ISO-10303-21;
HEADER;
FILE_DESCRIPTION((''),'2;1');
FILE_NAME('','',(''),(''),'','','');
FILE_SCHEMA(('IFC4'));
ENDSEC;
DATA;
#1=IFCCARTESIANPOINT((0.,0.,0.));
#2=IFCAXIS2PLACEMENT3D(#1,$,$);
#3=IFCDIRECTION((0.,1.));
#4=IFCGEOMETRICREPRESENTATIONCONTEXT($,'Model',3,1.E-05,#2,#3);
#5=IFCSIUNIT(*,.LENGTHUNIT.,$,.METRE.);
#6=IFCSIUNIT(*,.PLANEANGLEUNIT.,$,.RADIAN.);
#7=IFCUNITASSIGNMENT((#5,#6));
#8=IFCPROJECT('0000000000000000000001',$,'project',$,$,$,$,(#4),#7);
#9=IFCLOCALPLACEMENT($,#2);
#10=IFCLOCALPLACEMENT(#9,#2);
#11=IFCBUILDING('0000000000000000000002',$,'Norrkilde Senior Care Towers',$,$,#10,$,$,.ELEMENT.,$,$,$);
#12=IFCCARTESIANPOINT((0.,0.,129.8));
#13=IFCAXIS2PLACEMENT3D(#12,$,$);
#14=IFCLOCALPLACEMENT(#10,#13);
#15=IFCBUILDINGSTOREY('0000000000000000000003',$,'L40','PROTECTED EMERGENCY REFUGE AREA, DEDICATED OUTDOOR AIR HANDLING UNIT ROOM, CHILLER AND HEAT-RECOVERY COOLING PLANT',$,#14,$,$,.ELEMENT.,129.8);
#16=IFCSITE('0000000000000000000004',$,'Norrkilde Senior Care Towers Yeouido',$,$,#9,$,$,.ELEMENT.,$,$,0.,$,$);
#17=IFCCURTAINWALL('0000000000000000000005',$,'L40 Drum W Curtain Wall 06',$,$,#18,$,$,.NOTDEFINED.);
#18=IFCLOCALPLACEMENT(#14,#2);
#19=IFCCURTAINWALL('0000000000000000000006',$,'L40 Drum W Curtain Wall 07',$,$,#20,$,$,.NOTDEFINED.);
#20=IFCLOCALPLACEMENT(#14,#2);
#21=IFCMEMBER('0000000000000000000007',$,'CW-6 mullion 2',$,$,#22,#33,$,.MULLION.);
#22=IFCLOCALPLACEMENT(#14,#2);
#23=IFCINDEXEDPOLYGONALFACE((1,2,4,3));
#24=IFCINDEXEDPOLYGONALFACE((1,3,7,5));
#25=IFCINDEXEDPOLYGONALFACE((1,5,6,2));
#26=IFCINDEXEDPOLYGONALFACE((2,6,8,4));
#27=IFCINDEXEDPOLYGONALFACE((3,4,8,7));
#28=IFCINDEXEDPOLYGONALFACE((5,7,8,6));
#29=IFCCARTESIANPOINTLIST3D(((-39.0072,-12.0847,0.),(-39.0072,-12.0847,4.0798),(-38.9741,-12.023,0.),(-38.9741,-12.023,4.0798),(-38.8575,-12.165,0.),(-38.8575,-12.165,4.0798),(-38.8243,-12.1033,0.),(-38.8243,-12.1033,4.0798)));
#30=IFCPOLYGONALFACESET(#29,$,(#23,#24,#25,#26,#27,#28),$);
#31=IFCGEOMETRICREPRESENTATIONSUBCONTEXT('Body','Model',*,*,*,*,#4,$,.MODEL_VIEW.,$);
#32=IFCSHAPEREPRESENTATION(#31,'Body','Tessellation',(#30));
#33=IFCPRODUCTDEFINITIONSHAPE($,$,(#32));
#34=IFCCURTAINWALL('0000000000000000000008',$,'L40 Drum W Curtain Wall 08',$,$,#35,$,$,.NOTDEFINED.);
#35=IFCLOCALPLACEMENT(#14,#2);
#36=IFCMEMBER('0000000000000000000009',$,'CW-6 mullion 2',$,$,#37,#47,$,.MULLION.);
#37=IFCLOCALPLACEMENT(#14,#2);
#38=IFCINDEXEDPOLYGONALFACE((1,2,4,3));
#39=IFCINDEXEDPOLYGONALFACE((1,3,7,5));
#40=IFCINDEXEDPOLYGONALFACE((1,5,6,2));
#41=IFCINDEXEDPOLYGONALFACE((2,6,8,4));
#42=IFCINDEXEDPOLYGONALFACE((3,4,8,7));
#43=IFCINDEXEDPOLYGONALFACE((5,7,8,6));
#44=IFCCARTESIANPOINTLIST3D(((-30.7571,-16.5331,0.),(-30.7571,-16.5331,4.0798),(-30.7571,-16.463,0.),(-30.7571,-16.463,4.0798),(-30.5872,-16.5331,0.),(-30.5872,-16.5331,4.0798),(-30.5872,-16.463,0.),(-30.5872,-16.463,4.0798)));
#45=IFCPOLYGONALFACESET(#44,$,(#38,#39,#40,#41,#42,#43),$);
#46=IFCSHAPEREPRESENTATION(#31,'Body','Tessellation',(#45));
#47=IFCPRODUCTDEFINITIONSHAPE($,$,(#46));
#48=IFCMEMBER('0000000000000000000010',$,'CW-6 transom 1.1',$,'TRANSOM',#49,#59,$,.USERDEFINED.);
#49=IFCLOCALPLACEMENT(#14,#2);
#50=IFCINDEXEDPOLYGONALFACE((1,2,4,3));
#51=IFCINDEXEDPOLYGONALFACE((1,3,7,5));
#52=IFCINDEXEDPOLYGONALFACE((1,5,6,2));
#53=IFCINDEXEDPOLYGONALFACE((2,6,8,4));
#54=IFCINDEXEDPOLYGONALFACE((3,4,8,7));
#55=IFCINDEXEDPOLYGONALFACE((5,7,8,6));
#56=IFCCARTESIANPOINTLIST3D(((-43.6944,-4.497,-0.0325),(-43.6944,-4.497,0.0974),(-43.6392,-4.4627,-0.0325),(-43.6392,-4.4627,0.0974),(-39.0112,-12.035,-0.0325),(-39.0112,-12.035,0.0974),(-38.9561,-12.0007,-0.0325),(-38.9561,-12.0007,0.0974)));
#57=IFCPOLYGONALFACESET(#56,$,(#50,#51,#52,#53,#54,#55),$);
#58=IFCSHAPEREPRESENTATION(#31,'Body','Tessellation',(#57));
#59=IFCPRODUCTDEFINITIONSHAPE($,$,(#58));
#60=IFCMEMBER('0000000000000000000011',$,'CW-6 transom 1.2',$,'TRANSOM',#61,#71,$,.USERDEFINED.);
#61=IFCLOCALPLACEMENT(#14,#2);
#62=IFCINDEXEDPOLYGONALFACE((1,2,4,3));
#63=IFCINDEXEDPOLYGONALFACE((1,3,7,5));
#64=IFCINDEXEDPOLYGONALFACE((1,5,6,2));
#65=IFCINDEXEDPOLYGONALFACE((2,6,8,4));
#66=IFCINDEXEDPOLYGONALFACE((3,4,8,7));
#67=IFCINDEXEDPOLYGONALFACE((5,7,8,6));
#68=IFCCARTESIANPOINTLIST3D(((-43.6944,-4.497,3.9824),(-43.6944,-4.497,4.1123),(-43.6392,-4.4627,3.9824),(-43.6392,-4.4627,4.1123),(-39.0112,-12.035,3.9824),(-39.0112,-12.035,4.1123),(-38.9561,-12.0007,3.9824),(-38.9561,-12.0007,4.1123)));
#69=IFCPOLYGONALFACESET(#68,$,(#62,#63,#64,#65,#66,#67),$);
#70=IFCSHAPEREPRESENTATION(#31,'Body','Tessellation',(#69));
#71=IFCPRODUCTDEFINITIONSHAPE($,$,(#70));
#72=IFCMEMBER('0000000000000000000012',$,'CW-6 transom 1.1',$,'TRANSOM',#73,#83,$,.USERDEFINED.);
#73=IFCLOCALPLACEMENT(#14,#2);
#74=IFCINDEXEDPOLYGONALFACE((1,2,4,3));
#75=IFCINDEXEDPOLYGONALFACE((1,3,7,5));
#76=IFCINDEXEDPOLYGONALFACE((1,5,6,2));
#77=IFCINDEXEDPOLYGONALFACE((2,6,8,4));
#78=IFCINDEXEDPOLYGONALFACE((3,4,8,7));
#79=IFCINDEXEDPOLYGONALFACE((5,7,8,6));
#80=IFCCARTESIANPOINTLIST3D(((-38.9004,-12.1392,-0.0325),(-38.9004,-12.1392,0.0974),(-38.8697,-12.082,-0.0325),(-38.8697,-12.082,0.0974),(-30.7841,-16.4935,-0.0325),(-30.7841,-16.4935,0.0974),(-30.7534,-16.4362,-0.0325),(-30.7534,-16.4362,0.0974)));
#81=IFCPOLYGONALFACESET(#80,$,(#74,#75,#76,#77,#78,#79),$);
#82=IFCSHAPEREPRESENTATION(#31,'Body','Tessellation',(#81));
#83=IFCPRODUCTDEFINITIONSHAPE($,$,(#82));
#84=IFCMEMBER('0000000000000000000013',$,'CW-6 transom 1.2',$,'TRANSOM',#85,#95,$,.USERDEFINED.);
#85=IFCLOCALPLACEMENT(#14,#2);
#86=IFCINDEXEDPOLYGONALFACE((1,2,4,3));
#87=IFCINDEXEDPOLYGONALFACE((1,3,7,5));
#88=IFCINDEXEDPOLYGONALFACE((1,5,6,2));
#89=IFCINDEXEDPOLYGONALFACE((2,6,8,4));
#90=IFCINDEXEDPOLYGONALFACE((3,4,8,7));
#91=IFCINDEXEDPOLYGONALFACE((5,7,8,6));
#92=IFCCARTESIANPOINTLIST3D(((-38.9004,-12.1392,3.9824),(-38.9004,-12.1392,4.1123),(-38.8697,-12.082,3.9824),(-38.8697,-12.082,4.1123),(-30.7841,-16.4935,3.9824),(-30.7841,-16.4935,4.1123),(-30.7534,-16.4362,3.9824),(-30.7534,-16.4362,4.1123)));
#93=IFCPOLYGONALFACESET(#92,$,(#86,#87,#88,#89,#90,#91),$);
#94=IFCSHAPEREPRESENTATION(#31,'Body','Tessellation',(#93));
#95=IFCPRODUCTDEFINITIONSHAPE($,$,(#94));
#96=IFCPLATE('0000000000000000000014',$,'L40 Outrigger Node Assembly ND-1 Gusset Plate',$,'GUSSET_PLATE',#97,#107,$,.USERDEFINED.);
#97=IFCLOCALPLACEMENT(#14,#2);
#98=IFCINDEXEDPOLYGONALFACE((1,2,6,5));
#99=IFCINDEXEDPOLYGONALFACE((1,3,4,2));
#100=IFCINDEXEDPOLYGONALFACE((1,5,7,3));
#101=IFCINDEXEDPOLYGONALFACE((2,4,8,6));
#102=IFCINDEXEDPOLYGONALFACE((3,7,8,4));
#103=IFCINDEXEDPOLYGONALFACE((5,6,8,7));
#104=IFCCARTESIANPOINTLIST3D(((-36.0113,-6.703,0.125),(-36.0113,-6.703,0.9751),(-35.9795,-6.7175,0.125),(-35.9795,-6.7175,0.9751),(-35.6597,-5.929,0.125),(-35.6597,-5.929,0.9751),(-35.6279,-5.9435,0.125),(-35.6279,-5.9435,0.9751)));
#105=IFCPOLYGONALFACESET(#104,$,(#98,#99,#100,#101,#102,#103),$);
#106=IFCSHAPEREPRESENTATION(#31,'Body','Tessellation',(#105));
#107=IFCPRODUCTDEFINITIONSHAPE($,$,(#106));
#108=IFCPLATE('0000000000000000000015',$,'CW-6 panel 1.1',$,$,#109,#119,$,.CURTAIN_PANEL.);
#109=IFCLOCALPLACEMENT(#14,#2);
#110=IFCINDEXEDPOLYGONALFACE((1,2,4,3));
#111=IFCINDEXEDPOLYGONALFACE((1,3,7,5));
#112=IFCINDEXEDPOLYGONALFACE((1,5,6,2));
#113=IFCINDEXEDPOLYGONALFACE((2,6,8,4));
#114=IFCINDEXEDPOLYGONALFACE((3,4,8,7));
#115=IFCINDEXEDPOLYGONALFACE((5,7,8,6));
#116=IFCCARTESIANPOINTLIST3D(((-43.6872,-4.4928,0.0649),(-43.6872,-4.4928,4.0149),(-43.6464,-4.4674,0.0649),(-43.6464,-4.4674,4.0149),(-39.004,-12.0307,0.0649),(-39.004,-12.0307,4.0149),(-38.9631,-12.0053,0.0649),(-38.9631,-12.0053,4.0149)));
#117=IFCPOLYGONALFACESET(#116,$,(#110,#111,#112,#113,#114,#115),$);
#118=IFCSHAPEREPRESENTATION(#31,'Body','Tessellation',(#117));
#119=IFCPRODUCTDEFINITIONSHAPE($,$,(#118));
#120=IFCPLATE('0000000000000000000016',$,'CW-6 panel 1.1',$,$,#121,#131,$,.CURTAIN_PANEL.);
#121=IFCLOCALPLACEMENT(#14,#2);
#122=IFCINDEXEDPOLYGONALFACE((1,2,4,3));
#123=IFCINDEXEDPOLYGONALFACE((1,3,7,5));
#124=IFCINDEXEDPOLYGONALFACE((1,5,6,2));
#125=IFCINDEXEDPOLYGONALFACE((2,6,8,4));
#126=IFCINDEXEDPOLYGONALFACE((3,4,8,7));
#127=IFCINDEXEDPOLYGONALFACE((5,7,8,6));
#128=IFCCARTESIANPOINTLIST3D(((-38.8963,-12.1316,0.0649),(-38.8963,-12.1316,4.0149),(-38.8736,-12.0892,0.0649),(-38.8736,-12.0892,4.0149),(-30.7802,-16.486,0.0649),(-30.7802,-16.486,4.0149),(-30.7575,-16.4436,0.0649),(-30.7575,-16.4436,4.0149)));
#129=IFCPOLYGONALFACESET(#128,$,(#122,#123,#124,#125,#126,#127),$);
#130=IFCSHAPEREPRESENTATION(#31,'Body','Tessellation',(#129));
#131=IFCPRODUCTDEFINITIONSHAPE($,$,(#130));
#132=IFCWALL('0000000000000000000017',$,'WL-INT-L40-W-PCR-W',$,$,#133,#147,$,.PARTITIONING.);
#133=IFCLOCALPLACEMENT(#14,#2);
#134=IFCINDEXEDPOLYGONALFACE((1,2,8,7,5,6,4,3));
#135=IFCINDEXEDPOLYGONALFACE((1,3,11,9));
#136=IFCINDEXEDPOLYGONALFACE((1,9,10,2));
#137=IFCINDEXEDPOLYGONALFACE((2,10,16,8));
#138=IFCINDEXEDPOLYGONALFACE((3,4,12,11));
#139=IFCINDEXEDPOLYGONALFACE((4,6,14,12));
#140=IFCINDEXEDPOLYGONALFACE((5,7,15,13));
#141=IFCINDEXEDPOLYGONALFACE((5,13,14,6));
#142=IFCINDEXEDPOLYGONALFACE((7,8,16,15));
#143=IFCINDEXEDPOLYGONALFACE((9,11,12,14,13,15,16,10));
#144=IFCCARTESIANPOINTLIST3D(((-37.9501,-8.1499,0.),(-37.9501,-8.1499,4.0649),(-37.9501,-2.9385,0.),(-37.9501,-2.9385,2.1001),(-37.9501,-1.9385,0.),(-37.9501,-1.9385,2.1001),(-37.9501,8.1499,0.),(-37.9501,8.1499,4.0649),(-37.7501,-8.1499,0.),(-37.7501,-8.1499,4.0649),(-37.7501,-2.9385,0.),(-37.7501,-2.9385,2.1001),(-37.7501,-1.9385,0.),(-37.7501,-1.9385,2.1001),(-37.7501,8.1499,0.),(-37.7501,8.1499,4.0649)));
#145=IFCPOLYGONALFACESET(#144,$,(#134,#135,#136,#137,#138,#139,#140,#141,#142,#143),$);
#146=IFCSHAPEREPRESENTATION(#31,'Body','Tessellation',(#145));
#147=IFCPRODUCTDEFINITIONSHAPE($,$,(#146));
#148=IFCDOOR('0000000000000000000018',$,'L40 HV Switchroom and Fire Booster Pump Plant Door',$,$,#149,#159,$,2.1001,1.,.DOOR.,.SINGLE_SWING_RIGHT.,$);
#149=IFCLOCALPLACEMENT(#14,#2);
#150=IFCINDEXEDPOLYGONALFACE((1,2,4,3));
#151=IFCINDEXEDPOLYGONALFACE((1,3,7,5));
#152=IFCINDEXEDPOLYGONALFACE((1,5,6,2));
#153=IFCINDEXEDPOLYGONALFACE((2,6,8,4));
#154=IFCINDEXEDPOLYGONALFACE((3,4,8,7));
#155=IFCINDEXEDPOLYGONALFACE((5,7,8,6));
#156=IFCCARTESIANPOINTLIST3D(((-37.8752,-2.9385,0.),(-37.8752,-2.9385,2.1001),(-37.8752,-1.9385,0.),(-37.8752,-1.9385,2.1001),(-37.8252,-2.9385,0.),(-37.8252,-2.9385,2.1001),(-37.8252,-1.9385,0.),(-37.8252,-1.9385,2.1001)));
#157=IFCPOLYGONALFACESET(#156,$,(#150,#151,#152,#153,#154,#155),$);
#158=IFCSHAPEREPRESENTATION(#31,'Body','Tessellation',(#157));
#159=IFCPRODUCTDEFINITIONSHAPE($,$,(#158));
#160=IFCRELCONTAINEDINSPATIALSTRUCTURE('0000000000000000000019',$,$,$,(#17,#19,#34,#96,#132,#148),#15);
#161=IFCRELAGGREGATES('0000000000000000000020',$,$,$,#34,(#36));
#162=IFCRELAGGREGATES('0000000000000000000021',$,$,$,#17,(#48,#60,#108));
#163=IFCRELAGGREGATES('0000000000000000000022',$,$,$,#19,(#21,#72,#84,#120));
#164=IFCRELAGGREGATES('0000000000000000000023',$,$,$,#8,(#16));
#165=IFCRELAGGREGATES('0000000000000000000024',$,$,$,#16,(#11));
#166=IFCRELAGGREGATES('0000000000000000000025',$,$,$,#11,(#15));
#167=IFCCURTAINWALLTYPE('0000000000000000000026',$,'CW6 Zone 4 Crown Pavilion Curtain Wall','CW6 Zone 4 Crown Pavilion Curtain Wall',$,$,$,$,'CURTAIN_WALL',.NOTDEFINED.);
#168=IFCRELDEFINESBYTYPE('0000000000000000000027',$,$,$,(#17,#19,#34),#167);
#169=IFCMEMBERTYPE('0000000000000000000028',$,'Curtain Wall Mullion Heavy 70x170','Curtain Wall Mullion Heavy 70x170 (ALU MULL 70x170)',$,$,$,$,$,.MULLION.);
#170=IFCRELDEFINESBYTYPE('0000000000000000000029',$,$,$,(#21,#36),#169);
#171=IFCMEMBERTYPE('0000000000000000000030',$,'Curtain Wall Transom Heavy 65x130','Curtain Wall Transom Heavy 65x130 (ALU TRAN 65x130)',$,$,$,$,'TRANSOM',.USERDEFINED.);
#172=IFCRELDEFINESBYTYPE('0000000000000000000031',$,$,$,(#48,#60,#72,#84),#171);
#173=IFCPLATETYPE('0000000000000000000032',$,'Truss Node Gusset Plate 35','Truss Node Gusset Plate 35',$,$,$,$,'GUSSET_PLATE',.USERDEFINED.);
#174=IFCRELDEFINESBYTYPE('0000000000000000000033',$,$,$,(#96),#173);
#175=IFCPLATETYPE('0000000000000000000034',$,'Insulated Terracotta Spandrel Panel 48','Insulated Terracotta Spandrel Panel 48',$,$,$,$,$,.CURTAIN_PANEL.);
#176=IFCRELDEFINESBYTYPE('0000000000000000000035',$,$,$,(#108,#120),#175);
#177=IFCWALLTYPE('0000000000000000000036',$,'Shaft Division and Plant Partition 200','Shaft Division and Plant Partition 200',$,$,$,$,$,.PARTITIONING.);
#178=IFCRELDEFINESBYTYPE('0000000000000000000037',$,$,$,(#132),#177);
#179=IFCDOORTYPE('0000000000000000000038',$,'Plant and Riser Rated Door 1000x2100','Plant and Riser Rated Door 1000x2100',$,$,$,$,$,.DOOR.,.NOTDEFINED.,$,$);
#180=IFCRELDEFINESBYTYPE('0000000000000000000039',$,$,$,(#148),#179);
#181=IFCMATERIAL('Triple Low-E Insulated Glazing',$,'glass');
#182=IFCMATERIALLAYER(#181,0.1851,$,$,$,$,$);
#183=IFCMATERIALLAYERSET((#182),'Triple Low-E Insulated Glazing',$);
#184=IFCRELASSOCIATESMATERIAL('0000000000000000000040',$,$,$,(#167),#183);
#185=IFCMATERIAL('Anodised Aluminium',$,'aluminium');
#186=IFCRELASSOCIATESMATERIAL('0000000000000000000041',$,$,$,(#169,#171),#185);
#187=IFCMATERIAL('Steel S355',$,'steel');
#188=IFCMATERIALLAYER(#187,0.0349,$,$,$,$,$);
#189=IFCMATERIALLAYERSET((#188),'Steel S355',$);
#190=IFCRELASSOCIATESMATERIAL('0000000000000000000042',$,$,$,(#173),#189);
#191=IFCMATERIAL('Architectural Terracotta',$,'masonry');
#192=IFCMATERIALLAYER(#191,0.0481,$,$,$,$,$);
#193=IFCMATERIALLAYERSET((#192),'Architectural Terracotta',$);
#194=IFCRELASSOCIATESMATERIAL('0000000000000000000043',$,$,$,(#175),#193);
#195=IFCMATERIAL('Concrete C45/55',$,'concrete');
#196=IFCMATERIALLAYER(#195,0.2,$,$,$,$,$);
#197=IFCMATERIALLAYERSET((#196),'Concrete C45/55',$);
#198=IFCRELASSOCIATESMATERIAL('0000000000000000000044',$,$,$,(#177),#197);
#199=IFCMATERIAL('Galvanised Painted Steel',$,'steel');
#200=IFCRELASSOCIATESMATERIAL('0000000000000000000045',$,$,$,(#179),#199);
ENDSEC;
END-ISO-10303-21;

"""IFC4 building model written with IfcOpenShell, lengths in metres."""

from ifc_helpers import new_model, si_unit, direction, frame, frame_2d, origin, origin_2d, place, context, subcontext, project, spatial, rectangle, extrude, source, transform, mapped, material, layer, layer_set, material_profile, profile_set, type_object, type_shapes, element, fill, aggregate, save


model = new_model("IFC4")

# Units and contexts
model_context = context("Model", 3, precision=1e-05, world=origin(), true_north=direction((0.0, 1.0)))
body_context = subcontext(model_context, "Body", "Model", "MODEL_VIEW")
ifc_project = project(units=[si_unit("LENGTHUNIT", "METRE"), si_unit("PLANEANGLEUNIT", "RADIAN")], contexts=[model_context])

# Site, building, storey
site_placement = place(None, origin())
site = spatial("IfcSite", under=ifc_project, at=site_placement, Name="Norrkilde Senior Care Towers Yeouido", CompositionType="ELEMENT", RefElevation=0.0)
building_placement = place(site_placement, origin())
building = spatial("IfcBuilding", under=site, at=building_placement, Name="Norrkilde Senior Care Towers", CompositionType="ELEMENT")
storey_placement = place(building_placement, frame((0.0, 0.0, 129.8)))
storey = spatial("IfcBuildingStorey", under=building, at=storey_placement, Name="L40", Description="PROTECTED EMERGENCY REFUGE AREA, DEDICATED OUTDOOR AIR HANDLING UNIT ROOM, CHILLER AND HEAT-RECOVERY COOLING PLANT", CompositionType="ELEMENT", Elevation=129.8)

# Shared definitions
ifc_material_1 = material(Name="Steel S355", Category="steel")

# Curtain wall
ifc_material_2 = material(Name="Triple Low-E Insulated Glazing", Category="glass")
ifc_layer_1 = layer(ifc_material_2, 0.1851)
ifc_layer_set_1 = layer_set([ifc_layer_1], Name="Triple Low-E Insulated Glazing")
curtain_wall_type = type_object("IfcCurtainWallType", Name="CW6 Zone 4 Crown Pavilion Curtain Wall", Description="CW6 Zone 4 Crown Pavilion Curtain Wall", ElementType="CURTAIN_WALL", PredefinedType="NOTDEFINED", material=ifc_layer_set_1)
curtain_wall_1_placement = place(storey_placement, origin())
curtain_wall_1 = element("IfcCurtainWall", 1, at=curtain_wall_1_placement, inside=storey, type_object=curtain_wall_type, Name="L40 Drum W Curtain Wall 06", PredefinedType="NOTDEFINED")
ifc_material_3 = material(Name="Anodised Aluminium", Category="aluminium")
ifc_material_profile_1 = material_profile(ifc_material_3, rectangle(XDim=0.0701, YDim=0.1699, at=origin_2d()), Name="ALU MULL 70x170")
ifc_profile_set_1 = profile_set([ifc_material_profile_1], Name="Anodised Aluminium")
member_type_1 = type_object("IfcMemberType", Name="Curtain Wall Mullion Heavy 70x170", Description="Curtain Wall Mullion Heavy 70x170 (ALU MULL 70x170)", PredefinedType="MULLION", material=ifc_profile_set_1)
shared_shape_1 = source(origin(), body_context, "Body", "SweptSolid", [
    extrude(rectangle(XDim=0.0701, YDim=0.1699, at=origin_2d()), origin(), (0.0, 0.0, 1.0), 4.0798),
])
type_shapes(member_type_1, [shared_shape_1])

# Curtain wall, member
curtain_wall_2_placement = place(storey_placement, origin())
curtain_wall_2 = element("IfcCurtainWall", 2, at=curtain_wall_2_placement, inside=storey, type_object=curtain_wall_type, Name="L40 Drum W Curtain Wall 07", PredefinedType="NOTDEFINED")
member_1_placement = place(storey_placement, frame((-38.9158, -12.094, 0.0), z_axis=(0.0, 0.0, 1.0), x_axis=(-0.472769, -0.881186, 0.0)))
member_1 = element("IfcMember", 3, at=member_1_placement, type_object=member_type_1, Name="CW-6 mullion 2", PredefinedType="MULLION", context=body_context, shape_type="MappedRepresentation", body=[
    mapped(shared_shape_1, transform((0.0, 0.0, 0.0), x_axis=(1.0, 0.0, 0.0), y_axis=(0.0, 1.0, 0.0), z_axis=(0.0, 0.0, 1.0), scale=1.0)),
])

# Curtain wall, member
curtain_wall_3_placement = place(storey_placement, origin())
curtain_wall_3 = element("IfcCurtainWall", 4, at=curtain_wall_3_placement, inside=storey, type_object=curtain_wall_type, Name="L40 Drum W Curtain Wall 08", PredefinedType="NOTDEFINED")
member_2_placement = place(storey_placement, frame((-30.6721, -16.498, 0.0), z_axis=(0.0, 0.0, 1.0), x_axis=(0.0, -1.0, 0.0)))
member_2 = element("IfcMember", 5, at=member_2_placement, type_object=member_type_1, Name="CW-6 mullion 2", PredefinedType="MULLION", context=body_context, shape_type="MappedRepresentation", body=[
    mapped(shared_shape_1, transform((0.0, 0.0, 0.0), x_axis=(1.0, 0.0, 0.0), y_axis=(0.0, 1.0, 0.0), z_axis=(0.0, 0.0, 1.0), scale=1.0)),
])
aggregate(curtain_wall_3, [member_2])

# Members
ifc_material_profile_2 = material_profile(ifc_material_3, rectangle(XDim=0.0649, YDim=0.1299, at=origin_2d()), Name="ALU TRAN 65x130")
ifc_profile_set_2 = profile_set([ifc_material_profile_2], Name="Anodised Aluminium")
member_type_2 = type_object("IfcMemberType", Name="Curtain Wall Transom Heavy 65x130", Description="Curtain Wall Transom Heavy 65x130 (ALU TRAN 65x130)", ElementType="TRANSOM", PredefinedType="USERDEFINED", material=ifc_profile_set_2)
shared_shape_2 = source(origin(), body_context, "Body", "SweptSolid", [
    extrude(rectangle(XDim=0.0649, YDim=0.1299, at=origin_2d()), origin(), (0.0, 0.0, 1.0), 8.8743),
])
member_3_placement = place(storey_placement, frame((-38.9836, -12.0178, 0.0325), z_axis=(-0.527724, 0.849416, 0.0), x_axis=(-0.849416, -0.527724, 0.0)))
member_3 = element("IfcMember", 6, at=member_3_placement, type_object=member_type_2, Name="CW-6 transom 1.1", ObjectType="TRANSOM", PredefinedType="USERDEFINED", context=body_context, shape_type="MappedRepresentation", body=[
    mapped(shared_shape_2, transform((0.0, 0.0, 0.0), x_axis=(1.0, 0.0, 0.0), y_axis=(0.0, 1.0, 0.0), z_axis=(0.0, 0.0, 1.0), scale=1.0)),
])
member_4_placement = place(storey_placement, frame((-38.9836, -12.0178, 4.0474), z_axis=(-0.527724, 0.849416, 0.0), x_axis=(-0.849416, -0.527724, 0.0)))
member_4 = element("IfcMember", 7, at=member_4_placement, type_object=member_type_2, Name="CW-6 transom 1.2", ObjectType="TRANSOM", PredefinedType="USERDEFINED", context=body_context, shape_type="MappedRepresentation", body=[
    mapped(shared_shape_2, transform((0.0, 0.0, 0.0), x_axis=(1.0, 0.0, 0.0), y_axis=(0.0, 1.0, 0.0), z_axis=(0.0, 0.0, 1.0), scale=1.0)),
])
shared_shape_3 = source(origin(), body_context, "Body", "SweptSolid", [
    extrude(rectangle(XDim=0.0649, YDim=0.1299, at=origin_2d()), origin(), (0.0, 0.0, 1.0), 9.2104),
])
type_shapes(member_type_2, [shared_shape_2, shared_shape_3])
member_5_placement = place(storey_placement, frame((-30.7688, -16.4648, 0.0325), z_axis=(-0.881196, 0.472751, 0.0), x_axis=(-0.472751, -0.881196, 0.0)))
member_5 = element("IfcMember", 8, at=member_5_placement, type_object=member_type_2, Name="CW-6 transom 1.1", ObjectType="TRANSOM", PredefinedType="USERDEFINED", context=body_context, shape_type="MappedRepresentation", body=[
    mapped(shared_shape_3, transform((0.0, 0.0, 0.0), x_axis=(1.0, 0.0, 0.0), y_axis=(0.0, 1.0, 0.0), z_axis=(0.0, 0.0, 1.0), scale=1.0)),
])
member_6_placement = place(storey_placement, frame((-30.7688, -16.4648, 4.0474), z_axis=(-0.881196, 0.472751, 0.0), x_axis=(-0.472751, -0.881196, 0.0)))
member_6 = element("IfcMember", 9, at=member_6_placement, type_object=member_type_2, Name="CW-6 transom 1.2", ObjectType="TRANSOM", PredefinedType="USERDEFINED", context=body_context, shape_type="MappedRepresentation", body=[
    mapped(shared_shape_3, transform((0.0, 0.0, 0.0), x_axis=(1.0, 0.0, 0.0), y_axis=(0.0, 1.0, 0.0), z_axis=(0.0, 0.0, 1.0), scale=1.0)),
])

# Plates
ifc_layer_2 = layer(ifc_material_1, 0.0349)
ifc_layer_set_2 = layer_set([ifc_layer_2], Name="Steel S355")
plate_type_1 = type_object("IfcPlateType", Name="Truss Node Gusset Plate 35", Description="Truss Node Gusset Plate 35", ElementType="GUSSET_PLATE", PredefinedType="USERDEFINED", material=ifc_layer_set_2)
shared_shape_4 = source(origin(), body_context, "Body", "SweptSolid", [
    extrude(rectangle(XDim=0.8501, YDim=0.0349, at=origin_2d()), origin(), (0.0, 0.0, 1.0), 0.8501),
])
type_shapes(plate_type_1, [shared_shape_4])
plate_1_placement = place(storey_placement, frame((-35.8196, -6.3232, 0.125), z_axis=(0.0, 0.0, 1.0), x_axis=(-0.413581, -0.910467, 0.0)))
element("IfcPlate", 10, at=plate_1_placement, inside=storey, type_object=plate_type_1, Name="L40 Outrigger Node Assembly ND-1 Gusset Plate", ObjectType="GUSSET_PLATE", PredefinedType="USERDEFINED", context=body_context, shape_type="MappedRepresentation", body=[
    mapped(shared_shape_4, transform((0.0, 0.0, 0.0), x_axis=(1.0, 0.0, 0.0), y_axis=(0.0, 1.0, 0.0), z_axis=(0.0, 0.0, 1.0), scale=1.0)),
])
ifc_material_4 = material(Name="Architectural Terracotta", Category="masonry")
ifc_layer_3 = layer(ifc_material_4, 0.0481)
ifc_layer_set_3 = layer_set([ifc_layer_3], Name="Architectural Terracotta")
plate_type_2 = type_object("IfcPlateType", Name="Insulated Terracotta Spandrel Panel 48", Description="Insulated Terracotta Spandrel Panel 48", PredefinedType="CURTAIN_PANEL", material=ifc_layer_set_3)
shared_shape_5 = source(origin(), body_context, "Body", "SweptSolid", [
    extrude(rectangle(XDim=8.8743, YDim=0.0481, at=origin_2d()), origin(), (0.0, 0.0, 1.0), 3.95),
])
plate_2_placement = place(storey_placement, frame((-41.3252, -8.249, 0.0649), z_axis=(0.0, 0.0, 1.0), x_axis=(-0.527733, 0.84941, 0.0)))
plate_2 = element("IfcPlate", 11, at=plate_2_placement, type_object=plate_type_2, Name="CW-6 panel 1.1", PredefinedType="CURTAIN_PANEL", context=body_context, shape_type="MappedRepresentation", body=[
    mapped(shared_shape_5, transform((0.0, 0.0, 0.0), x_axis=(1.0, 0.0, 0.0), y_axis=(0.0, 1.0, 0.0), z_axis=(0.0, 0.0, 1.0), scale=1.0)),
])
aggregate(curtain_wall_1, [member_3, member_4, plate_2])
shared_shape_6 = source(origin(), body_context, "Body", "SweptSolid", [
    extrude(rectangle(XDim=9.2104, YDim=0.0481, at=origin_2d()), origin(), (0.0, 0.0, 1.0), 3.95),
])
type_shapes(plate_type_2, [shared_shape_5, shared_shape_6])
plate_3_placement = place(storey_placement, frame((-34.8269, -14.2876, 0.0649), z_axis=(0.0, 0.0, 1.0), x_axis=(-0.881186, 0.472769, 0.0)))
plate_3 = element("IfcPlate", 12, at=plate_3_placement, type_object=plate_type_2, Name="CW-6 panel 1.1", PredefinedType="CURTAIN_PANEL", context=body_context, shape_type="MappedRepresentation", body=[
    mapped(shared_shape_6, transform((0.0, 0.0, 0.0), x_axis=(1.0, 0.0, 0.0), y_axis=(0.0, 1.0, 0.0), z_axis=(0.0, 0.0, 1.0), scale=1.0)),
])
aggregate(curtain_wall_2, [member_1, member_5, member_6, plate_3])

# Wall, opening, door
ifc_material_5 = material(Name="Concrete C45/55", Category="concrete")
ifc_layer_4 = layer(ifc_material_5, 0.2)
ifc_layer_set_4 = layer_set([ifc_layer_4], Name="Concrete C45/55")
wall_type = type_object("IfcWallType", Name="Shaft Division and Plant Partition 200", Description="Shaft Division and Plant Partition 200", PredefinedType="PARTITIONING", material=ifc_layer_set_4)
shared_shape_7 = source(origin(), body_context, "Body", "SweptSolid", [
    extrude(rectangle(XDim=16.2998, YDim=0.2, at=frame_2d((8.1499, 0.0))), origin(), (0.0, 0.0, 1.0), 4.0649),
])
type_shapes(wall_type, [shared_shape_7])
wall_placement = place(storey_placement, frame((-37.8501, -8.1499, 0.0), z_axis=(0.0, 0.0, 1.0), x_axis=(0.0, 1.0, 0.0)))
wall = element("IfcWall", 13, at=wall_placement, inside=storey, type_object=wall_type, Name="WL-INT-L40-W-PCR-W", PredefinedType="PARTITIONING", context=body_context, shape_type="MappedRepresentation", body=[
    mapped(shared_shape_7, transform((0.0, 0.0, 0.0), x_axis=(1.0, 0.0, 0.0), y_axis=(0.0, 1.0, 0.0), z_axis=(0.0, 0.0, 1.0), scale=1.0)),
])
opening_placement = place(wall_placement, frame((5.2114, 0.0, 0.0)))
opening = element("IfcOpeningElement", 14, at=opening_placement, cuts=wall, PredefinedType="OPENING", context=body_context, shape_type="SweptSolid", body=[
    extrude(rectangle(XDim=1.0, YDim=2.1001, at=frame_2d((0.5, 1.05))), frame((0.0, 0.1099, 0.0), z_axis=(0.0, -1.0, 0.0), x_axis=(1.0, 0.0, 0.0)), (0.0, 0.0, 1.0), 0.22),
])
ifc_material_6 = material(Name="Galvanised Painted Steel", Category="steel")
door_type = type_object("IfcDoorType", Name="Plant and Riser Rated Door 1000x2100", Description="Plant and Riser Rated Door 1000x2100", OperationType="NOTDEFINED", PredefinedType="DOOR", material=ifc_material_6)
shared_shape_8 = source(origin(), body_context, "Body", "SweptSolid", [
    extrude(rectangle(XDim=1.0, YDim=2.1001, at=frame_2d((0.5, 1.05))), frame((0.0, 0.0249, 0.0), z_axis=(0.0, -1.0, 0.0), x_axis=(1.0, 0.0, 0.0)), (0.0, 0.0, 1.0), 0.05),
])
type_shapes(door_type, [shared_shape_8])
door_placement = place(opening_placement, frame((1.0, 0.0, 0.0), z_axis=(0.0, 0.0, 1.0), x_axis=(-1.0, 0.0, 0.0)))
door = element("IfcDoor", 15, at=door_placement, inside=storey, type_object=door_type, Name="L40 HV Switchroom and Fire Booster Pump Plant Door", OperationType="SINGLE_SWING_RIGHT", OverallHeight=2.1001, OverallWidth=1.0, PredefinedType="DOOR", context=body_context, shape_type="MappedRepresentation", body=[
    mapped(shared_shape_8, transform((0.0, 0.0, 0.0), x_axis=(1.0, 0.0, 0.0), y_axis=(0.0, 1.0, 0.0), z_axis=(0.0, 0.0, 1.0), scale=1.0)),
])
fill(opening, door)

save(model, "model.ifc")
